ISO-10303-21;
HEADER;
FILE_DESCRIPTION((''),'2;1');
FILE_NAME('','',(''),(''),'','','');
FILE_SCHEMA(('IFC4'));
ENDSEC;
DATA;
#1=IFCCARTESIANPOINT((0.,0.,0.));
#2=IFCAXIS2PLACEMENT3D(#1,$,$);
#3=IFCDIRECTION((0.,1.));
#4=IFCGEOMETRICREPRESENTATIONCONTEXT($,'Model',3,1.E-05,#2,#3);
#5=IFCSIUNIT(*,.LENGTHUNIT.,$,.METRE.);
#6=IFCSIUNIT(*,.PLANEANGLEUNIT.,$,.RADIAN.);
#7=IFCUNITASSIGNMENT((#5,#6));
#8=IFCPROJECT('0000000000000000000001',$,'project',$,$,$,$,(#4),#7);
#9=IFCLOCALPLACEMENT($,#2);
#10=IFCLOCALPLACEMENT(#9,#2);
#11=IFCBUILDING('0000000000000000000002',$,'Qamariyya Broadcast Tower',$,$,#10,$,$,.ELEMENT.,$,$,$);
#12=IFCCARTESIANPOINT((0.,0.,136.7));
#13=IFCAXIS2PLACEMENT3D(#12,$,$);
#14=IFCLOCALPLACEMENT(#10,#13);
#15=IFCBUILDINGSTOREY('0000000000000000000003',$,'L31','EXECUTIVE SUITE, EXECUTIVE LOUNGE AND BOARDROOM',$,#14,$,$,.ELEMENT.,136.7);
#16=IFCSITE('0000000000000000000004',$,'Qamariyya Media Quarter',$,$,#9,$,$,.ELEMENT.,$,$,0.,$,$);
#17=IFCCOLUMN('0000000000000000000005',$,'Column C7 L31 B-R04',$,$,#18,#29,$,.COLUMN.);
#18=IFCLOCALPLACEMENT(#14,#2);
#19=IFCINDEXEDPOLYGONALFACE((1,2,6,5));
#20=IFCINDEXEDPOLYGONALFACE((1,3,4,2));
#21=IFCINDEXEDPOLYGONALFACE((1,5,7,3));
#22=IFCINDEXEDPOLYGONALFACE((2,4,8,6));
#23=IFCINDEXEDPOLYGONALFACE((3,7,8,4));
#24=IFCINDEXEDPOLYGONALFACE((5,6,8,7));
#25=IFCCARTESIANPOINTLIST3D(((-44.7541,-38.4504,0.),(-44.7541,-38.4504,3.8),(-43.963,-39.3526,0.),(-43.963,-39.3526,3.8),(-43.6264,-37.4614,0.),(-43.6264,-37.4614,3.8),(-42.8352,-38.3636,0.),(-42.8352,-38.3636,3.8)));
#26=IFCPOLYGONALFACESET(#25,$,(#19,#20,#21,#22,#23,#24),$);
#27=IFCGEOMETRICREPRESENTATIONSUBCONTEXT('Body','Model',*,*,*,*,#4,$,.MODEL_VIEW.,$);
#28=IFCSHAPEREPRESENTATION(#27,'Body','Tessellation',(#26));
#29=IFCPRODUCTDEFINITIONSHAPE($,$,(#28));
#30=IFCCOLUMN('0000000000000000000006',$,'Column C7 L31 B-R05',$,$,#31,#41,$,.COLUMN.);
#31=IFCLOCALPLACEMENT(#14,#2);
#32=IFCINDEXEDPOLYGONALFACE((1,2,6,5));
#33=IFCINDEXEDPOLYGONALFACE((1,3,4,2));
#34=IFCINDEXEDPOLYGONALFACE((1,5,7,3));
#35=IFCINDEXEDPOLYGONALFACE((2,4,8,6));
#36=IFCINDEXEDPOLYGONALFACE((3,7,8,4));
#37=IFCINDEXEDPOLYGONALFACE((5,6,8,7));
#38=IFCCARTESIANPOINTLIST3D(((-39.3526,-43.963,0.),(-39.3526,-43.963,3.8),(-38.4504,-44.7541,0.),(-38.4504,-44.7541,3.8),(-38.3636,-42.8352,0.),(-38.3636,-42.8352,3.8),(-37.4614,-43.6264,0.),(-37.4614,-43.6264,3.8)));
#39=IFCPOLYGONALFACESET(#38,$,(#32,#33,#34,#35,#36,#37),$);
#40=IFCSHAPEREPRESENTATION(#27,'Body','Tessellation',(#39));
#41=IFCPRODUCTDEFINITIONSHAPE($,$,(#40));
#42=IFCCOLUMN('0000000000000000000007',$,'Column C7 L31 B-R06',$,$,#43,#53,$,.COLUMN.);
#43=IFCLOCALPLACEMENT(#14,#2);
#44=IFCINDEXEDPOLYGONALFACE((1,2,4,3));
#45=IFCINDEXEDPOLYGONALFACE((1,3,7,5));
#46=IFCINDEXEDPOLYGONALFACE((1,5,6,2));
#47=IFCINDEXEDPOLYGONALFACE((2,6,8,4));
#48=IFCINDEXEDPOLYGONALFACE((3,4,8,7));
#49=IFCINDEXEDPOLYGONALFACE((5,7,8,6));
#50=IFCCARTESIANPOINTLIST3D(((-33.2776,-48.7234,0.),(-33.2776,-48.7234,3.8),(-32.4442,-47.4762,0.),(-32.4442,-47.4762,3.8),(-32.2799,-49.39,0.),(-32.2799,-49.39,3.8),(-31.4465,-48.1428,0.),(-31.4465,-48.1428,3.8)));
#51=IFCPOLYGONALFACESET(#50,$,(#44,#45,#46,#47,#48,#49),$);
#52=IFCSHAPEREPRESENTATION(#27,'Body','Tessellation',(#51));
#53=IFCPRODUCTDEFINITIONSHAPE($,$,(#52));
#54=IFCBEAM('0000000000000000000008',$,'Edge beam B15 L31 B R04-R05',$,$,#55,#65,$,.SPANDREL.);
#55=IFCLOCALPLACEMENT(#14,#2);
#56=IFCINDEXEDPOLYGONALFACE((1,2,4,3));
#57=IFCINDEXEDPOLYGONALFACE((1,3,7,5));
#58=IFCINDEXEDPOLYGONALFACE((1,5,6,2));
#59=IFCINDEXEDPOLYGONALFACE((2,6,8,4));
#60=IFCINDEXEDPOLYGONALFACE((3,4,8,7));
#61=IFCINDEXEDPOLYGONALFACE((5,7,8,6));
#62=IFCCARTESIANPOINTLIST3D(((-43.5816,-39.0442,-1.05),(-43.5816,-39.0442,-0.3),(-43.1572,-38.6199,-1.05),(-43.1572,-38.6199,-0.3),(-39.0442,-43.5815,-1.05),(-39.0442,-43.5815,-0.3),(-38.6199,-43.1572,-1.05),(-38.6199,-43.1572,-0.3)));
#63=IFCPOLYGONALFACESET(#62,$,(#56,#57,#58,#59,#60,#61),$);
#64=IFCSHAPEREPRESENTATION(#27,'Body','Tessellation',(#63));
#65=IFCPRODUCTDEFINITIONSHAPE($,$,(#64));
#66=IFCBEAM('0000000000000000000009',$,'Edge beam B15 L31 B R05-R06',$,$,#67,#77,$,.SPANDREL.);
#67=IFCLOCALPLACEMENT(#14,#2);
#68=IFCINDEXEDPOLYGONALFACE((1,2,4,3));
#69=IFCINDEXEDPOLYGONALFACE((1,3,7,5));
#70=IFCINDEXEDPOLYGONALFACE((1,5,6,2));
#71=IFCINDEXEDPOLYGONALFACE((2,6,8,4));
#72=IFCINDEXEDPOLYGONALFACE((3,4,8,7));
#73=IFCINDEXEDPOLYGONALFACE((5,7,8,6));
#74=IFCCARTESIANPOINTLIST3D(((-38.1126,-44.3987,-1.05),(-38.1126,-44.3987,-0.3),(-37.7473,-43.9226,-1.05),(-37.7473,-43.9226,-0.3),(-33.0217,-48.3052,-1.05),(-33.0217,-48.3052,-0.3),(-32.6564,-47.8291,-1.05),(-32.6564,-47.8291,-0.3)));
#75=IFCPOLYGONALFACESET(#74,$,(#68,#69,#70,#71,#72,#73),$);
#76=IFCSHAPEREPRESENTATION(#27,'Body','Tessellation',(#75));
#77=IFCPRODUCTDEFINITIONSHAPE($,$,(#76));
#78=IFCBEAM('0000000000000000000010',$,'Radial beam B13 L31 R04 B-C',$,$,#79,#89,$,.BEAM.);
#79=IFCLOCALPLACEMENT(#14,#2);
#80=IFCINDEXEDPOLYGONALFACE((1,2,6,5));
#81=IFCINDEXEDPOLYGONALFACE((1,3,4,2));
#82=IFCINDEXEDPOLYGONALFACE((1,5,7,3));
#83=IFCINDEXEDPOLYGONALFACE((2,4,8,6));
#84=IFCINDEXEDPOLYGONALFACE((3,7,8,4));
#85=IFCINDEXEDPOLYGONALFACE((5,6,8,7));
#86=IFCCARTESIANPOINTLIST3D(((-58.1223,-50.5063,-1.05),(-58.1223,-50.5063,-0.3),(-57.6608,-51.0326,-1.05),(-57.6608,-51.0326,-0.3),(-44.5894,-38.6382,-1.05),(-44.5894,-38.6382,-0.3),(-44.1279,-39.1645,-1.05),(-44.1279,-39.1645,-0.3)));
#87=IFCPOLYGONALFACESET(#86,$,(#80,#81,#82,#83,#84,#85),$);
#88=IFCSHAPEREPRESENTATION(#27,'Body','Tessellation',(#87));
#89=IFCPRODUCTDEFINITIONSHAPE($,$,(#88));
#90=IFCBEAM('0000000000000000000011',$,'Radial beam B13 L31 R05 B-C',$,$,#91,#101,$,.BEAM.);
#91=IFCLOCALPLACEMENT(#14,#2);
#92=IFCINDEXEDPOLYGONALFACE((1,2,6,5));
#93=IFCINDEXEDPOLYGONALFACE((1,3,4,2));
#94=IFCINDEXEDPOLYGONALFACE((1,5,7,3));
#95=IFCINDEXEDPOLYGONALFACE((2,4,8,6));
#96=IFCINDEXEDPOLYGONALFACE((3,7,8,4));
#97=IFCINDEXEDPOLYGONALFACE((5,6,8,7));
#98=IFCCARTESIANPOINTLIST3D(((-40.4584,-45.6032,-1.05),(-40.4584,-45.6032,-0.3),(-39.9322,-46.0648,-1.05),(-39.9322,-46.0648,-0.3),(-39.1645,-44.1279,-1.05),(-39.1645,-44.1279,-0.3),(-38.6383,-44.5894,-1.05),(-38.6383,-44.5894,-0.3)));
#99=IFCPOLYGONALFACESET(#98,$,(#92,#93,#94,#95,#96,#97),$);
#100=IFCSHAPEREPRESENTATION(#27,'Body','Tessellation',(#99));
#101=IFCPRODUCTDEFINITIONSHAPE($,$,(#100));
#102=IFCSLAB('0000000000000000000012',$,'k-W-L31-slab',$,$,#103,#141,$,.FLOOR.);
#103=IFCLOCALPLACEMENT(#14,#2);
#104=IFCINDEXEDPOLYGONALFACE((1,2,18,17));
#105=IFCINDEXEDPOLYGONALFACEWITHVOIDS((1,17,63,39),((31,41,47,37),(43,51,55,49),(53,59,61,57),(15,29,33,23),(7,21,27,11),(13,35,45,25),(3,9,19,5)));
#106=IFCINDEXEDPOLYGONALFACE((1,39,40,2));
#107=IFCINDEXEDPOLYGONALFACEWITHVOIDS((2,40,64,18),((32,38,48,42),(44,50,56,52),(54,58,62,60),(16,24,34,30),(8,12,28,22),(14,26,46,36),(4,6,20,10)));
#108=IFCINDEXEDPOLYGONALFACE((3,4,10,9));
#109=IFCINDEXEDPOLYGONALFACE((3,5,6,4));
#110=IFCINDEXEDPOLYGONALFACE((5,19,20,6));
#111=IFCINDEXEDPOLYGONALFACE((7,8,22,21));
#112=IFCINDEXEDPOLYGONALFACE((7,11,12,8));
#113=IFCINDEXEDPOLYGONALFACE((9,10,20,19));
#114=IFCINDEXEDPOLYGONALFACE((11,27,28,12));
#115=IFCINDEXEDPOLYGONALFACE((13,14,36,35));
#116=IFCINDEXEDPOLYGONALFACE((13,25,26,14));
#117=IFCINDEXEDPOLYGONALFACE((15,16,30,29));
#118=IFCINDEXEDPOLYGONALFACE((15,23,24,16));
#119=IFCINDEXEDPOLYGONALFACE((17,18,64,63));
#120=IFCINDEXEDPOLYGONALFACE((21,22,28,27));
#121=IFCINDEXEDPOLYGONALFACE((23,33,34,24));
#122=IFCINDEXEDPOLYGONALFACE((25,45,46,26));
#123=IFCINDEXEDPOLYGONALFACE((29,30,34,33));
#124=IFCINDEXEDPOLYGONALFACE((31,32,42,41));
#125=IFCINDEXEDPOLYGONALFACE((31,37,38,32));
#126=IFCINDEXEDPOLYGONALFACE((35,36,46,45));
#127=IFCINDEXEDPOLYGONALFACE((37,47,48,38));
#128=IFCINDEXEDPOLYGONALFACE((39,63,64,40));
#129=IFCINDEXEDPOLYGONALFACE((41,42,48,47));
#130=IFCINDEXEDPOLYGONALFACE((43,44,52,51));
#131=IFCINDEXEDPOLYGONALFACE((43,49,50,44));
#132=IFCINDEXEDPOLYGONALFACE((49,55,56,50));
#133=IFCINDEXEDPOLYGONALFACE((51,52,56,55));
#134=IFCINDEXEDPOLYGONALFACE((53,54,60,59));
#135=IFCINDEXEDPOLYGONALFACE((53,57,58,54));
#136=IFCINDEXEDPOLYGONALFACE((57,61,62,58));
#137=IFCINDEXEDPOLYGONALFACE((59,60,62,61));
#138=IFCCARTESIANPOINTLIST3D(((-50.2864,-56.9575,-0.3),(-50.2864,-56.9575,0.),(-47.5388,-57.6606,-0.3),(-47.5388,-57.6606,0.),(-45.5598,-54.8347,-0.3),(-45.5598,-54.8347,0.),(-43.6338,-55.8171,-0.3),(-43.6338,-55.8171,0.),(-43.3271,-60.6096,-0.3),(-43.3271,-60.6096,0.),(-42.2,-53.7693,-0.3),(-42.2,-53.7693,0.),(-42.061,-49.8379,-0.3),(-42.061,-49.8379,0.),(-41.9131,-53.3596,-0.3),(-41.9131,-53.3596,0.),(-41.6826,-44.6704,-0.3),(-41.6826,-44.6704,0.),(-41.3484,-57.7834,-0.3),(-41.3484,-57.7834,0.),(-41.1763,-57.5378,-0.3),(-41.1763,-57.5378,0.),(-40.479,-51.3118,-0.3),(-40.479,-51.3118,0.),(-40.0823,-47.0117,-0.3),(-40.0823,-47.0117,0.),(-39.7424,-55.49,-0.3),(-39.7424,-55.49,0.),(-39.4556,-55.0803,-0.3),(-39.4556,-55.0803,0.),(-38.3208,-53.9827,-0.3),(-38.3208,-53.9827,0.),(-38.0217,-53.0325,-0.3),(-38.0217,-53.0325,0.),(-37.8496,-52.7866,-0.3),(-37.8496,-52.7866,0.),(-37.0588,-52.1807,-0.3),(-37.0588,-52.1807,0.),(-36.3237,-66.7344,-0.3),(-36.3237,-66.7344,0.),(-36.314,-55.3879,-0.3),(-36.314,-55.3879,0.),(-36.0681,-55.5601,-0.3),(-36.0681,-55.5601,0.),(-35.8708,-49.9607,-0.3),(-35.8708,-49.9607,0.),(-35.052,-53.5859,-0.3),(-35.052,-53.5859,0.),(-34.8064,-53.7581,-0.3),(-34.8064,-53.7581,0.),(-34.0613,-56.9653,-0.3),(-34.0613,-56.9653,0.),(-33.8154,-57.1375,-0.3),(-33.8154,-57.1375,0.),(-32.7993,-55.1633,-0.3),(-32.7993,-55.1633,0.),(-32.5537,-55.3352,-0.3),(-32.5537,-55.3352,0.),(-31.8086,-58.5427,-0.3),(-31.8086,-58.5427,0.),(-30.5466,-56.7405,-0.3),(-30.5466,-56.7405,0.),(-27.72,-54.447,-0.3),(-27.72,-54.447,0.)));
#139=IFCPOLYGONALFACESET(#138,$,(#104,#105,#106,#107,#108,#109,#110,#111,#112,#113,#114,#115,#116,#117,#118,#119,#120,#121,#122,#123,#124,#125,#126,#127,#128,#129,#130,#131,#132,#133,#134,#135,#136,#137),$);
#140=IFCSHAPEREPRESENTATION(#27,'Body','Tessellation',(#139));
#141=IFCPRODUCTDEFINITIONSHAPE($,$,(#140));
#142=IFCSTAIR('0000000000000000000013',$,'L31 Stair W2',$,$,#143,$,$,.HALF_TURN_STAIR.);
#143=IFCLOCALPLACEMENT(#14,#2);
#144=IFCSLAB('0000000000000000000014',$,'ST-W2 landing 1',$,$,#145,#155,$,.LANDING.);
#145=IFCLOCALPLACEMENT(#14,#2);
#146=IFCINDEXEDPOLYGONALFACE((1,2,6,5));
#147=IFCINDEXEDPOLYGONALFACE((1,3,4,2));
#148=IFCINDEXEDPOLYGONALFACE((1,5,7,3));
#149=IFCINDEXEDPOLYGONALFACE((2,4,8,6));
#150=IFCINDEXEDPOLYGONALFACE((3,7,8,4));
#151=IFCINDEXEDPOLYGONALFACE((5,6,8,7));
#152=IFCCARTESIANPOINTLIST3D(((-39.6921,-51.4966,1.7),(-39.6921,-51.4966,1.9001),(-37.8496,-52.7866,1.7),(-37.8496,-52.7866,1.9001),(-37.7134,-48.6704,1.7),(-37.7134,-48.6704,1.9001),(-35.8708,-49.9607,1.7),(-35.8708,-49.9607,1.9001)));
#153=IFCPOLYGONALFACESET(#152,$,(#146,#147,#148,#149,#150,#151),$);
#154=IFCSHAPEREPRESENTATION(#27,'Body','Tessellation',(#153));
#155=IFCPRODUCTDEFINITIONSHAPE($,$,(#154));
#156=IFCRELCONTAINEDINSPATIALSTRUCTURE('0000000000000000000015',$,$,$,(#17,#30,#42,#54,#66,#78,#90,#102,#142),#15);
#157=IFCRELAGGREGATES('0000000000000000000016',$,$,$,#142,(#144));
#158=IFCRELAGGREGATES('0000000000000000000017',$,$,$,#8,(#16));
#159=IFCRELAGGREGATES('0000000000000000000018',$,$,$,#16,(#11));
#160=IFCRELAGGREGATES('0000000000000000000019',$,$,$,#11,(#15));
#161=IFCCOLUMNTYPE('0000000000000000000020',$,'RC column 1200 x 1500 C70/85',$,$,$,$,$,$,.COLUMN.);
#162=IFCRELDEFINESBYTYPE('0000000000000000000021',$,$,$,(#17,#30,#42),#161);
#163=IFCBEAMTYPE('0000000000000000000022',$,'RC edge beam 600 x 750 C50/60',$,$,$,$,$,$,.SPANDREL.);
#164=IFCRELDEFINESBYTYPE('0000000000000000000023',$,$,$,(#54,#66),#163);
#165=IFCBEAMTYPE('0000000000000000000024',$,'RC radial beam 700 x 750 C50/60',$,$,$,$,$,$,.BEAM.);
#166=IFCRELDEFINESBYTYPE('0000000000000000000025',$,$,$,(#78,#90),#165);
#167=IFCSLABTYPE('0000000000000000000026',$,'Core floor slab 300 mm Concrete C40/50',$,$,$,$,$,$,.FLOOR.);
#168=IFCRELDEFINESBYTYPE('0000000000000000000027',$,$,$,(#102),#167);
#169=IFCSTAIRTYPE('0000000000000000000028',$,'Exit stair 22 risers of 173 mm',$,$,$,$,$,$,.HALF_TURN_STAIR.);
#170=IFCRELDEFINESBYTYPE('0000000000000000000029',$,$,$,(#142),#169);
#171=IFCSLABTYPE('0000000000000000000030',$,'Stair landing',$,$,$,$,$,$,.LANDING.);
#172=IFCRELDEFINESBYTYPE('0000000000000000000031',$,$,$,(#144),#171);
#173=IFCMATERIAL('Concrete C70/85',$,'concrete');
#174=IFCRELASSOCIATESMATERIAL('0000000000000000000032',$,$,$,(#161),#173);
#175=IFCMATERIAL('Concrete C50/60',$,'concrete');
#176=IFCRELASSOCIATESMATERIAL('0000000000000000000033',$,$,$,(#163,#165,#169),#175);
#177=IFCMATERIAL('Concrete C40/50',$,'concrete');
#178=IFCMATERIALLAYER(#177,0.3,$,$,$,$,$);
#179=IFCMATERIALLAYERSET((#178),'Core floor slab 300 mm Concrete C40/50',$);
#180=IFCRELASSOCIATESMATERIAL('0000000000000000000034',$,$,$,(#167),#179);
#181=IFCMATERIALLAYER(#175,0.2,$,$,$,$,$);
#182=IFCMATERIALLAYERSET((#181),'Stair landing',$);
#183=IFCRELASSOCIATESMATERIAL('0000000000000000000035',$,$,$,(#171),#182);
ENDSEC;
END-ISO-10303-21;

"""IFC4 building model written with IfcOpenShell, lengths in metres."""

from ifc_helpers import new_model, si_unit, direction, frame, origin, origin_2d, place, context, subcontext, project, spatial, polyline, rectangle, outline, extrude, material, layer, layer_set, material_profile, profile_set, type_object, element, aggregate, save


model = new_model("IFC4")

# Units and contexts
model_context = context("Model", 3, precision=1e-05, world=origin(), true_north=direction((0.0, 1.0)))
body_context = subcontext(model_context, "Body", "Model", "MODEL_VIEW")
ifc_project = project(units=[si_unit("LENGTHUNIT", "METRE"), si_unit("PLANEANGLEUNIT", "RADIAN")], contexts=[model_context])

# Site, building, storey
site_placement = place(None, origin())
site = spatial("IfcSite", under=ifc_project, at=site_placement, Name="Qamariyya Media Quarter", CompositionType="ELEMENT", RefElevation=0.0)
building_placement = place(site_placement, origin())
building = spatial("IfcBuilding", under=site, at=building_placement, Name="Qamariyya Broadcast Tower", CompositionType="ELEMENT")
storey_placement = place(building_placement, frame((0.0, 0.0, 136.7)))
storey = spatial("IfcBuildingStorey", under=building, at=storey_placement, Name="L31", Description="EXECUTIVE SUITE, EXECUTIVE LOUNGE AND BOARDROOM", CompositionType="ELEMENT", Elevation=136.7)

# Columns
ifc_material_1 = material(Name="Concrete C70/85", Category="concrete")
ifc_material_profile_1 = material_profile(ifc_material_1, rectangle(XDim=1.2, YDim=1.5, at=origin_2d()))
ifc_profile_set_1 = profile_set([ifc_material_profile_1], Name="Concrete C70/85")
column_type = type_object("IfcColumnType", Name="RC column 1200 x 1500 C70/85", PredefinedType="COLUMN", material=ifc_profile_set_1)
for number, where, z_axis, x_axis, name in (
    (1, (-43.7947, -38.407, 0.0), (0.0, 0.0, 1.0), (0.659346, -0.75184, 0.0), "Column C7 L31 B-R04"),
    (2, (-38.407, -43.7947, 0.0), (0.0, 0.0, 1.0), (0.75184, -0.659346, 0.0), "Column C7 L31 B-R05"),
    (3, (-32.3621, -48.4331, 0.0), (0.0, 0.0, 1.0), (0.83147, -0.55557, 0.0), "Column C7 L31 B-R06"),
):
    element("IfcColumn", number, at=place(storey_placement, frame(where, z_axis=z_axis, x_axis=x_axis)), inside=storey, type_object=column_type, Name=name, PredefinedType="COLUMN", context=body_context, shape_type="SweptSolid", body=[
        extrude(rectangle(XDim=1.2, YDim=1.5, at=origin_2d()), origin(), (0.0, 0.0, 1.0), 3.8),
    ])

# Beams
ifc_material_2 = material(Name="Concrete C50/60", Category="concrete")
ifc_material_profile_2 = material_profile(ifc_material_2, rectangle(XDim=0.6001, YDim=0.75, at=origin_2d()))
ifc_profile_set_2 = profile_set([ifc_material_profile_2], Name="Concrete C50/60")
beam_type_1 = type_object("IfcBeamType", Name="RC edge beam 600 x 750 C50/60", PredefinedType="SPANDREL", material=ifc_profile_set_2)
beam_1_placement = place(storey_placement, frame((-43.3694, -38.832, -0.675), z_axis=(0.707107, -0.707107, 0.0), x_axis=(0.707107, 0.707107, 0.0)))
element("IfcBeam", 4, at=beam_1_placement, inside=storey, type_object=beam_type_1, Name="Edge beam B15 L31 B R04-R05", PredefinedType="SPANDREL", context=body_context, shape_type="SweptSolid", body=[
    extrude(rectangle(XDim=0.6001, YDim=0.75, at=origin_2d()), origin(), (0.0, 0.0, 1.0), 6.4167),
])
beam_2_placement = place(storey_placement, frame((-37.9299, -44.1606, -0.675), z_axis=(0.793341, -0.608778, 0.0), x_axis=(0.608778, 0.793341, 0.0)))
element("IfcBeam", 5, at=beam_2_placement, inside=storey, type_object=beam_type_1, Name="Edge beam B15 L31 B R05-R06", PredefinedType="SPANDREL", context=body_context, shape_type="SweptSolid", body=[
    extrude(rectangle(XDim=0.6001, YDim=0.75, at=origin_2d()), origin(), (0.0, 0.0, 1.0), 6.417),
])
ifc_material_profile_3 = material_profile(ifc_material_2, rectangle(XDim=0.7, YDim=0.75, at=origin_2d()))
ifc_profile_set_3 = profile_set([ifc_material_profile_3], Name="Concrete C50/60")
beam_type_2 = type_object("IfcBeamType", Name="RC radial beam 700 x 750 C50/60", PredefinedType="BEAM", material=ifc_profile_set_3)
beam_3_placement = place(storey_placement, frame((-44.3586, -38.9014, -0.675), z_axis=(-0.751838, -0.659348, 0.0), x_axis=(0.659348, -0.751838, 0.0)))
element("IfcBeam", 6, at=beam_3_placement, inside=storey, type_object=beam_type_2, Name="Radial beam B13 L31 R04 B-C", PredefinedType="BEAM", context=body_context, shape_type="SweptSolid", body=[
    extrude(rectangle(XDim=0.7, YDim=0.75, at=origin_2d()), origin(), (0.0, 0.0, 1.0), 17.9998),
])
beam_4_placement = place(storey_placement, frame((-38.9014, -44.3586, -0.675), z_axis=(-0.659376, -0.751813, 0.0), x_axis=(0.751813, -0.659376, 0.0)))
element("IfcBeam", 7, at=beam_4_placement, inside=storey, type_object=beam_type_2, Name="Radial beam B13 L31 R05 B-C", PredefinedType="BEAM", context=body_context, shape_type="SweptSolid", body=[
    extrude(rectangle(XDim=0.7, YDim=0.75, at=origin_2d()), origin(), (0.0, 0.0, 1.0), 1.9624),
])

# Slab
ifc_material_3 = material(Name="Concrete C40/50", Category="concrete")
ifc_layer_1 = layer(ifc_material_3, 0.3)
ifc_layer_set_1 = layer_set([ifc_layer_1], Name="Core floor slab 300 mm Concrete C40/50")
slab_type_1 = type_object("IfcSlabType", Name="Core floor slab 300 mm Concrete C40/50", PredefinedType="FLOOR", material=ifc_layer_set_1)
slab_1_placement = place(storey_placement, frame((0.0, 0.0, -0.3)))
element("IfcSlab", 8, at=slab_1_placement, inside=storey, type_object=slab_type_1, Name="k-W-L31-slab", PredefinedType="FLOOR", context=body_context, shape_type="SweptSolid", body=[
    extrude(outline(polyline([(-50.2864, -56.9575), (-36.3237, -66.7344), (-27.72, -54.447), (-41.6826, -44.6704), (-50.2864, -56.9575)]), holes=[polyline([(-31.8086, -58.5427), (-33.8154, -57.1375), (-32.5537, -55.3352), (-30.5466, -56.7405), (-31.8086, -58.5427)]), polyline([(-34.0613, -56.9653), (-36.0681, -55.5601), (-34.8064, -53.7581), (-32.7993, -55.1633), (-34.0613, -56.9653)]), polyline([(-36.314, -55.3879), (-38.3208, -53.9827), (-37.0588, -52.1807), (-35.052, -53.5859), (-36.314, -55.3879)]), polyline([(-39.7424, -55.49), (-42.2, -53.7693), (-43.6338, -55.8171), (-41.1763, -57.5378), (-39.7424, -55.49)]), polyline([(-39.4556, -55.0803), (-41.9131, -53.3596), (-40.479, -51.3118), (-38.0217, -53.0325), (-39.4556, -55.0803)]), polyline([(-42.061, -49.8379), (-37.8496, -52.7866), (-35.8708, -49.9607), (-40.0823, -47.0117), (-42.061, -49.8379)]), polyline([(-47.5388, -57.6606), (-43.3271, -60.6096), (-41.3484, -57.7834), (-45.5598, -54.8347), (-47.5388, -57.6606)])]), origin(), (0.0, 0.0, 1.0), 0.3),
])

# Stair, slab
stair_type = type_object("IfcStairType", Name="Exit stair 22 risers of 173 mm", PredefinedType="HALF_TURN_STAIR", material=ifc_material_2)
stair_placement = place(storey_placement, origin())
stair = element("IfcStair", 9, at=stair_placement, inside=storey, type_object=stair_type, Name="L31 Stair W2", PredefinedType="HALF_TURN_STAIR")
ifc_layer_2 = layer(ifc_material_2, 0.2)
ifc_layer_set_2 = layer_set([ifc_layer_2], Name="Stair landing")
slab_type_2 = type_object("IfcSlabType", Name="Stair landing", PredefinedType="LANDING", material=ifc_layer_set_2)
slab_2_placement = place(storey_placement, frame((0.0, 0.0, 1.7)))
slab_2 = element("IfcSlab", 10, at=slab_2_placement, type_object=slab_type_2, Name="ST-W2 landing 1", PredefinedType="LANDING", context=body_context, shape_type="SweptSolid", body=[
    extrude(outline(polyline([(-39.6921, -51.4966), (-37.8496, -52.7866), (-35.8708, -49.9607), (-37.7134, -48.6704), (-39.6921, -51.4966)])), origin(), (0.0, 0.0, 1.0), 0.2002),
])
aggregate(stair, [slab_2])

save(model, "model.ifc")
